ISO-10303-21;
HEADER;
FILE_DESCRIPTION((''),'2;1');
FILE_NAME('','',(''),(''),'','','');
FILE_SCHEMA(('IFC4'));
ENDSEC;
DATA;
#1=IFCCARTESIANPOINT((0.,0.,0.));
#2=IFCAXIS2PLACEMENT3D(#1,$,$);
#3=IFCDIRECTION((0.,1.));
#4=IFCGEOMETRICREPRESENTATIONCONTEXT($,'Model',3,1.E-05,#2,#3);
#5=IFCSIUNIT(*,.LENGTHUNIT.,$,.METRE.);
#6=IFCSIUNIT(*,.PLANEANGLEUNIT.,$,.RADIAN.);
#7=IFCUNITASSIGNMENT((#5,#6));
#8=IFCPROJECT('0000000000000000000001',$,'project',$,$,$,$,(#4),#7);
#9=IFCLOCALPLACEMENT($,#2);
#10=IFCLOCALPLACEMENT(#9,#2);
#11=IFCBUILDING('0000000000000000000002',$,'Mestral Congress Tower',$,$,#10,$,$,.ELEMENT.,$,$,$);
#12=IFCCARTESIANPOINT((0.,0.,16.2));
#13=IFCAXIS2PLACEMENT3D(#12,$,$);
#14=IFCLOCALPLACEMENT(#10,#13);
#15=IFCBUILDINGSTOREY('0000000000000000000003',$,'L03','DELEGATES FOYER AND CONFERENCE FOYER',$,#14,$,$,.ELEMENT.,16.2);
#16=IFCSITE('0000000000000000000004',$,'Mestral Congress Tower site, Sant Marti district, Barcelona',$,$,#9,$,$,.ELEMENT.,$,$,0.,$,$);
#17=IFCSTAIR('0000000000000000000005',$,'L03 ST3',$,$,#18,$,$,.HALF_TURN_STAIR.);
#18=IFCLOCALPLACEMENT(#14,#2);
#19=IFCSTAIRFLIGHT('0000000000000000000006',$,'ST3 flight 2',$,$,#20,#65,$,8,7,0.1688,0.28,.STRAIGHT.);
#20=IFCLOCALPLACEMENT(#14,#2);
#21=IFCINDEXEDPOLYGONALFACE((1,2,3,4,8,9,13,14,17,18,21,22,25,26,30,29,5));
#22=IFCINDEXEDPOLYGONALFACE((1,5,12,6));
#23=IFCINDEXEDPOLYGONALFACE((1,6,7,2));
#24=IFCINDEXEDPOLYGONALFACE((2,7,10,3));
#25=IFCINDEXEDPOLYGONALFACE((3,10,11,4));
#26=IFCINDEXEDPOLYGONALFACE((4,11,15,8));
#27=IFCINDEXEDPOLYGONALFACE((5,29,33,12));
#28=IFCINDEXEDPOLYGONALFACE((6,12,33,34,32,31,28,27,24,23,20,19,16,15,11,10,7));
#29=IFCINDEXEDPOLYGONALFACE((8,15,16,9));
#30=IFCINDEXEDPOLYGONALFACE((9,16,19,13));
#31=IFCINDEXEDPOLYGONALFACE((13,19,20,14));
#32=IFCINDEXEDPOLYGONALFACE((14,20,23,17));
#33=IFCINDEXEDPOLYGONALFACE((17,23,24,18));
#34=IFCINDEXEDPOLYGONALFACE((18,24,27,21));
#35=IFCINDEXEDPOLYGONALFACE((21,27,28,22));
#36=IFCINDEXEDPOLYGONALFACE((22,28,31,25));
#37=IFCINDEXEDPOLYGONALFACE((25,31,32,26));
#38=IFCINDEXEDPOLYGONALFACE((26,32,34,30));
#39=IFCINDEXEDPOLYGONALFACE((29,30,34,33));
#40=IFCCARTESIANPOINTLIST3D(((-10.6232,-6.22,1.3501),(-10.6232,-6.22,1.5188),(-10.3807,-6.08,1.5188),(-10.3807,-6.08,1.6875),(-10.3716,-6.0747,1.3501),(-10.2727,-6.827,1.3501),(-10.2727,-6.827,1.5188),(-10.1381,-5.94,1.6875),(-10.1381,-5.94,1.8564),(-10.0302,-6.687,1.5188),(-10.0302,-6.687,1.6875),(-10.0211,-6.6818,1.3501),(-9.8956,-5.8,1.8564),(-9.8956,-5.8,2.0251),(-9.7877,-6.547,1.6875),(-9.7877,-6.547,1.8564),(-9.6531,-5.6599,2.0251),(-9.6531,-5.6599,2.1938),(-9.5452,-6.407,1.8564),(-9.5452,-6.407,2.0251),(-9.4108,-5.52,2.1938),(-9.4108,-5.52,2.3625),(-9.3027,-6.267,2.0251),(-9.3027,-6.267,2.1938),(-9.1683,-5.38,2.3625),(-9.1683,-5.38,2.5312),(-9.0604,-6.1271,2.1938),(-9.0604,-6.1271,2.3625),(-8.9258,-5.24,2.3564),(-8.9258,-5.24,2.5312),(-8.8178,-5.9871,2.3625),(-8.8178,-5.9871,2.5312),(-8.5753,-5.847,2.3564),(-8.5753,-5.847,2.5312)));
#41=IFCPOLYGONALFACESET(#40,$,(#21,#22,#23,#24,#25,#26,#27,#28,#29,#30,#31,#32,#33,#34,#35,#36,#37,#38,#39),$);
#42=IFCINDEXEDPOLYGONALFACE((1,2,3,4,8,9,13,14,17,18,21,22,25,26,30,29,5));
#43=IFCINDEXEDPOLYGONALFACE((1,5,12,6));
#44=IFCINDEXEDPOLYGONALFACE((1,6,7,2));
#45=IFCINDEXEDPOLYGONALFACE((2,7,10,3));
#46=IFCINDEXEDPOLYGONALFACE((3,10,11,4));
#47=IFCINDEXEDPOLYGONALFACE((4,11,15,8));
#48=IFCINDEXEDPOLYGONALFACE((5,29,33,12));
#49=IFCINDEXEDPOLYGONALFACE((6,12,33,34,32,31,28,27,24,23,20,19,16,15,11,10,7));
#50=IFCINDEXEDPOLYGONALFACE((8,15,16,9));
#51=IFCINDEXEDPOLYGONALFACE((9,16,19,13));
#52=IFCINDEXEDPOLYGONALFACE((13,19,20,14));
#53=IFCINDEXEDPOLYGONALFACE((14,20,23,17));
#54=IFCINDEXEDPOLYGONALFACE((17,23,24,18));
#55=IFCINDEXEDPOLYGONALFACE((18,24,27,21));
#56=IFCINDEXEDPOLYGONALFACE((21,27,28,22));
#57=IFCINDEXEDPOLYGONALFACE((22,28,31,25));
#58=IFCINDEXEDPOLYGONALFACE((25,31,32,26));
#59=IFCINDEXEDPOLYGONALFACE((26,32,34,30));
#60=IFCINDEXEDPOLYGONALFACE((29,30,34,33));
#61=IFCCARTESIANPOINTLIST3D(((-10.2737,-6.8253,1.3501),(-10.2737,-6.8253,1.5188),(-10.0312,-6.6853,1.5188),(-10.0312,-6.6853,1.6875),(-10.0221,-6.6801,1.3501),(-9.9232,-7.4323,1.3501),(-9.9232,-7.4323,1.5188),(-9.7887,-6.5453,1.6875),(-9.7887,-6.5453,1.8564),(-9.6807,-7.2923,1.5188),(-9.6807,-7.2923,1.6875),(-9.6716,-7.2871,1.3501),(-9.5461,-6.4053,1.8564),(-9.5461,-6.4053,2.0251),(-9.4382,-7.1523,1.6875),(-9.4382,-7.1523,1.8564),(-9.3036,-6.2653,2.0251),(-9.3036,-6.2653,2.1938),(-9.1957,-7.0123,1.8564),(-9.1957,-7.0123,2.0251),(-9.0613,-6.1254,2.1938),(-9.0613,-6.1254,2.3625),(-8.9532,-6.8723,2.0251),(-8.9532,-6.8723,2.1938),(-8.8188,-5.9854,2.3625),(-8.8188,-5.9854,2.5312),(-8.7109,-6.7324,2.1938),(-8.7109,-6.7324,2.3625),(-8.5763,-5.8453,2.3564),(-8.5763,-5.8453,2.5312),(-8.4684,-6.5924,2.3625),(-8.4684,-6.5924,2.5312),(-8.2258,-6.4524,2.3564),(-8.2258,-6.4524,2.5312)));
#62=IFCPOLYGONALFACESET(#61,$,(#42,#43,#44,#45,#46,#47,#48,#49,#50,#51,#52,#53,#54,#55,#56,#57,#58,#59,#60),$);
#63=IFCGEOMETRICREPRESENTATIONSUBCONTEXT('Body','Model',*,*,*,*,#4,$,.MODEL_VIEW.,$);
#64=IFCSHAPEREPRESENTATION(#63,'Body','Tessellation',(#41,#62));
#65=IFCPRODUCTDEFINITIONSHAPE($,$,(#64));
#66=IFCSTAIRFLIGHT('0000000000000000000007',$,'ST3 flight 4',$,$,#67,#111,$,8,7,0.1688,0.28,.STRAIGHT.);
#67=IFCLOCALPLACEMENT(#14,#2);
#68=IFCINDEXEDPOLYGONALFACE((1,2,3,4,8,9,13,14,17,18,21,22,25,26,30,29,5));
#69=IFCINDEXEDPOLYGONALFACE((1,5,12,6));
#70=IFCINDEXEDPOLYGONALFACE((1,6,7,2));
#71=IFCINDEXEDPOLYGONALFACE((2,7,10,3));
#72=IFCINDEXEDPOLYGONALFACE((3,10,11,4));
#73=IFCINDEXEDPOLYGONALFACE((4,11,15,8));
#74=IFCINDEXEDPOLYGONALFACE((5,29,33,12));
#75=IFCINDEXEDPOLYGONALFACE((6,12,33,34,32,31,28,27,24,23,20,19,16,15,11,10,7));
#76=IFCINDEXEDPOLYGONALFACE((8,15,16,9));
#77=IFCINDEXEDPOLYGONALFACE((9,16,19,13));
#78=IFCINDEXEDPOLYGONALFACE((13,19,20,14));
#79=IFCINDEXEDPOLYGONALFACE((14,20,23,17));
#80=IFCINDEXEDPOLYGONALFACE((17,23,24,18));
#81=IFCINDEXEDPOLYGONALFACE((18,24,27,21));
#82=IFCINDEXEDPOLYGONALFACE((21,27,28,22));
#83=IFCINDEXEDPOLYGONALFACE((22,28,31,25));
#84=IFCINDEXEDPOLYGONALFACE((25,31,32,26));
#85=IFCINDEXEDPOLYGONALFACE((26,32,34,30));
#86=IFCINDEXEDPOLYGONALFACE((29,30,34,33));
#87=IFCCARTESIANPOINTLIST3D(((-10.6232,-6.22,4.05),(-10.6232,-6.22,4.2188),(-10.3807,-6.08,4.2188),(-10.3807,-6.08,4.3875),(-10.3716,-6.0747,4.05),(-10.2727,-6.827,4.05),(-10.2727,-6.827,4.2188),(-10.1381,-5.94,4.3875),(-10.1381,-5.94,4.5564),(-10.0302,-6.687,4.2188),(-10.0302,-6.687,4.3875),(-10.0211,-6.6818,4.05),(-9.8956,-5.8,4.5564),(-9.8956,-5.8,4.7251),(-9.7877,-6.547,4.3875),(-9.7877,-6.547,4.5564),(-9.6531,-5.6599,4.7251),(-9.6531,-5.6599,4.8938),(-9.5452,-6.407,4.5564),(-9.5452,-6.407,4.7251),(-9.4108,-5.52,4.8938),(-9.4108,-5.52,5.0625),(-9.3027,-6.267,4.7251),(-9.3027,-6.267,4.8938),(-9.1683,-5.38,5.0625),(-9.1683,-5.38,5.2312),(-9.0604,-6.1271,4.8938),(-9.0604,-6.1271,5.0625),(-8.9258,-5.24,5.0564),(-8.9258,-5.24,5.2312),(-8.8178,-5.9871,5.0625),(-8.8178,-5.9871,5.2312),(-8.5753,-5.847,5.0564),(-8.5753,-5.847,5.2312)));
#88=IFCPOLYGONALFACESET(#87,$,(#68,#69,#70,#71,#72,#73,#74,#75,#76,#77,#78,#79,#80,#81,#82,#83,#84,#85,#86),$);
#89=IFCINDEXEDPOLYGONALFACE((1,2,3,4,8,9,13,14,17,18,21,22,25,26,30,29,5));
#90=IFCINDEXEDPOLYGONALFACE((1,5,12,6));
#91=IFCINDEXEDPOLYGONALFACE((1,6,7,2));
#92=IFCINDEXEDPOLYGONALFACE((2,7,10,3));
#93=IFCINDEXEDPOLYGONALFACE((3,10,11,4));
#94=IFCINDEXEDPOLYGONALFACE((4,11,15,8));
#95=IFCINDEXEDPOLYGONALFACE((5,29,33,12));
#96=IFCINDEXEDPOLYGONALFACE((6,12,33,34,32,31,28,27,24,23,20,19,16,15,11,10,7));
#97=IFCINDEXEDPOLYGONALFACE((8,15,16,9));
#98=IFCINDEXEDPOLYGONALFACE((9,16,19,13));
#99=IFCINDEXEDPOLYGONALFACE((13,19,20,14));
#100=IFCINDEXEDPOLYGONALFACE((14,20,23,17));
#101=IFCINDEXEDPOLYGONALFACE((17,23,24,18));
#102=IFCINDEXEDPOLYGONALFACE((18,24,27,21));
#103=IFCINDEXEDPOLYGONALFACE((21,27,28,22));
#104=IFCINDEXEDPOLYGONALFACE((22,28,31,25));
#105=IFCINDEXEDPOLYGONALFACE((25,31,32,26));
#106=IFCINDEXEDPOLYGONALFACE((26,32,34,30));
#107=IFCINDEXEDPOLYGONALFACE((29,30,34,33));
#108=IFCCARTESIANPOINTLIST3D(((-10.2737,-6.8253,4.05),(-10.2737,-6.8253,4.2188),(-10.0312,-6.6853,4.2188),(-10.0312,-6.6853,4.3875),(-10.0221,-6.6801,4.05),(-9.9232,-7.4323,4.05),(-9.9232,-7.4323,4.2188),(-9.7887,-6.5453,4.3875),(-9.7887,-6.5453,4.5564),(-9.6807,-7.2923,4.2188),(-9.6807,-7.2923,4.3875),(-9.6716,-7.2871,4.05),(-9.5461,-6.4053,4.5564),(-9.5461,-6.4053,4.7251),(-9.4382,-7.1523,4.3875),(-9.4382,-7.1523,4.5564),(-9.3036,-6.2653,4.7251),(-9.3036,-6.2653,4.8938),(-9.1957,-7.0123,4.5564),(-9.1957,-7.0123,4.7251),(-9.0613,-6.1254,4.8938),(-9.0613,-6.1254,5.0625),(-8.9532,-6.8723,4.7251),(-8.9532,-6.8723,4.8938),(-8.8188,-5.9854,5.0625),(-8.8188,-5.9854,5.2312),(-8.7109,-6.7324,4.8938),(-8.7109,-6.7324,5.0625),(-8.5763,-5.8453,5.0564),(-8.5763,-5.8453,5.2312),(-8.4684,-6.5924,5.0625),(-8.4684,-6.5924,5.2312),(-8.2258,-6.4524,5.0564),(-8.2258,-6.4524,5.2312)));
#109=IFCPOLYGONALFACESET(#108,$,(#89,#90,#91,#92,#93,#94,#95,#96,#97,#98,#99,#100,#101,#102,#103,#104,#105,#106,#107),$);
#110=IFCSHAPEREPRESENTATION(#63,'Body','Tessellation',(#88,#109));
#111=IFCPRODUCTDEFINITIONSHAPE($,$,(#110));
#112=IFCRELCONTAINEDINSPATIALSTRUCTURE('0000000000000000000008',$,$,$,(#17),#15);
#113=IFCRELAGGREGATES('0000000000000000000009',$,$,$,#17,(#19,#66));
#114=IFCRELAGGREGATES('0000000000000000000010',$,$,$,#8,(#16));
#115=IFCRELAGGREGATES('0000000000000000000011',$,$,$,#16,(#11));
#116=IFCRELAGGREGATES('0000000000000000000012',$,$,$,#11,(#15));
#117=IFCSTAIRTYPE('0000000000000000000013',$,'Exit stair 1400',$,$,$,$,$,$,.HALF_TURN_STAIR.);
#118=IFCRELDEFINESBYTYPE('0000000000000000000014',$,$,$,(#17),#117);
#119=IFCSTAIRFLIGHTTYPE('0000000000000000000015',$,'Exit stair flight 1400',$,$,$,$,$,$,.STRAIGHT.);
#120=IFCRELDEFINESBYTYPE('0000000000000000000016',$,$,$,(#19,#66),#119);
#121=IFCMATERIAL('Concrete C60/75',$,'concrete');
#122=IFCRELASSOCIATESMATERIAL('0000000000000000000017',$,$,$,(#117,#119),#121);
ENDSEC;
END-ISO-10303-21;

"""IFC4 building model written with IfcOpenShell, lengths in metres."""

from ifc_helpers import new_model, si_unit, direction, frame, origin, place, context, subcontext, project, spatial, polyline, outline, extrude, material, type_object, element, aggregate, save


model = new_model("IFC4")

# Units and contexts
model_context = context("Model", 3, precision=1e-05, world=origin(), true_north=direction((0.0, 1.0)))
body_context = subcontext(model_context, "Body", "Model", "MODEL_VIEW")
ifc_project = project(units=[si_unit("LENGTHUNIT", "METRE"), si_unit("PLANEANGLEUNIT", "RADIAN")], contexts=[model_context])

# Site, building, storey
site_placement = place(None, origin())
site = spatial("IfcSite", under=ifc_project, at=site_placement, Name="Mestral Congress Tower site, Sant Marti district, Barcelona", CompositionType="ELEMENT", RefElevation=0.0)
building_placement = place(site_placement, origin())
building = spatial("IfcBuilding", under=site, at=building_placement, Name="Mestral Congress Tower", CompositionType="ELEMENT")
storey_placement = place(building_placement, frame((0.0, 0.0, 16.2)))
storey = spatial("IfcBuildingStorey", under=building, at=storey_placement, Name="L03", Description="DELEGATES FOYER AND CONFERENCE FOYER", CompositionType="ELEMENT", Elevation=16.2)

# Shared definitions
ifc_material_1 = material(Name="Concrete C60/75", Category="concrete")

# Stair, stair flights
stair_type = type_object("IfcStairType", Name="Exit stair 1400", PredefinedType="HALF_TURN_STAIR", material=ifc_material_1)
stair_placement = place(storey_placement, origin())
stair = element("IfcStair", 1, at=stair_placement, inside=storey, type_object=stair_type, Name="L03 ST3", PredefinedType="HALF_TURN_STAIR")
stair_flight_type = type_object("IfcStairFlightType", Name="Exit stair flight 1400", PredefinedType="STRAIGHT", material=ifc_material_1)
stair_flight_1_placement = place(storey_placement, frame((-10.2732, -6.8262, 1.3501), z_axis=(0.0, 0.0, 1.0), x_axis=(0.866025, 0.5, 0.0)))
stair_flight_1 = element("IfcStairFlight", 2, at=stair_flight_1_placement, type_object=stair_flight_type, Name="ST3 flight 2", NumberOfRisers=8, NumberOfTreads=7, PredefinedType="STRAIGHT", RiserHeight=0.1688, TreadLength=0.28, context=body_context, shape_type="SweptSolid", body=[
    extrude(outline(polyline([(0.0, 0.0), (0.0, 0.1687), (0.28, 0.1687), (0.28, 0.3374), (0.5601, 0.3374), (0.5601, 0.5063), (0.8401, 0.5063), (0.8401, 0.675), (1.1201, 0.675), (1.1201, 0.8438), (1.3999, 0.8438), (1.3999, 1.0125), (1.6799, 1.0125), (1.6799, 1.1812), (1.96, 1.1812), (1.96, 1.3501), (1.96, 1.0063), (0.2905, 0.0), (0.0, 0.0)])), frame((0.0, 0.7, 0.0), z_axis=(0.0, -1.0, 0.0), x_axis=(1.0, 0.0, 0.0)), (0.0, 0.0, 1.0), 0.7009),
    extrude(outline(polyline([(0.0, 0.0), (0.0, 0.1687), (0.28, 0.1687), (0.28, 0.3374), (0.5601, 0.3374), (0.5601, 0.5063), (0.8401, 0.5063), (0.8401, 0.675), (1.1201, 0.675), (1.1201, 0.8438), (1.3999, 0.8438), (1.3999, 1.0125), (1.6799, 1.0125), (1.6799, 1.1812), (1.96, 1.1812), (1.96, 1.3501), (1.96, 1.0063), (0.2905, 0.0), (0.0, 0.0)])), frame((0.0, 0.001, 0.0), z_axis=(0.0, -1.0, 0.0), x_axis=(1.0, 0.0, 0.0)), (0.0, 0.0, 1.0), 0.7009),
])
stair_flight_2_placement = place(storey_placement, frame((-10.2732, -6.8262, 4.05), z_axis=(0.0, 0.0, 1.0), x_axis=(0.866025, 0.5, 0.0)))
stair_flight_2 = element("IfcStairFlight", 3, at=stair_flight_2_placement, type_object=stair_flight_type, Name="ST3 flight 4", NumberOfRisers=8, NumberOfTreads=7, PredefinedType="STRAIGHT", RiserHeight=0.1688, TreadLength=0.28, context=body_context, shape_type="SweptSolid", body=[
    extrude(outline(polyline([(0.0, 0.0), (0.0, 0.1687), (0.28, 0.1687), (0.28, 0.3374), (0.5601, 0.3374), (0.5601, 0.5063), (0.8401, 0.5063), (0.8401, 0.675), (1.1201, 0.675), (1.1201, 0.8438), (1.3999, 0.8438), (1.3999, 1.0125), (1.6799, 1.0125), (1.6799, 1.1812), (1.96, 1.1812), (1.96, 1.3501), (1.96, 1.0063), (0.2905, 0.0), (0.0, 0.0)])), frame((0.0, 0.7, 0.0), z_axis=(0.0, -1.0, 0.0), x_axis=(1.0, 0.0, 0.0)), (0.0, 0.0, 1.0), 0.7009),
    extrude(outline(polyline([(0.0, 0.0), (0.0, 0.1687), (0.28, 0.1687), (0.28, 0.3374), (0.5601, 0.3374), (0.5601, 0.5063), (0.8401, 0.5063), (0.8401, 0.675), (1.1201, 0.675), (1.1201, 0.8438), (1.3999, 0.8438), (1.3999, 1.0125), (1.6799, 1.0125), (1.6799, 1.1812), (1.96, 1.1812), (1.96, 1.3501), (1.96, 1.0063), (0.2905, 0.0), (0.0, 0.0)])), frame((0.0, 0.001, 0.0), z_axis=(0.0, -1.0, 0.0), x_axis=(1.0, 0.0, 0.0)), (0.0, 0.0, 1.0), 0.7009),
])
aggregate(stair, [stair_flight_1, stair_flight_2])

save(model, "model.ifc")
